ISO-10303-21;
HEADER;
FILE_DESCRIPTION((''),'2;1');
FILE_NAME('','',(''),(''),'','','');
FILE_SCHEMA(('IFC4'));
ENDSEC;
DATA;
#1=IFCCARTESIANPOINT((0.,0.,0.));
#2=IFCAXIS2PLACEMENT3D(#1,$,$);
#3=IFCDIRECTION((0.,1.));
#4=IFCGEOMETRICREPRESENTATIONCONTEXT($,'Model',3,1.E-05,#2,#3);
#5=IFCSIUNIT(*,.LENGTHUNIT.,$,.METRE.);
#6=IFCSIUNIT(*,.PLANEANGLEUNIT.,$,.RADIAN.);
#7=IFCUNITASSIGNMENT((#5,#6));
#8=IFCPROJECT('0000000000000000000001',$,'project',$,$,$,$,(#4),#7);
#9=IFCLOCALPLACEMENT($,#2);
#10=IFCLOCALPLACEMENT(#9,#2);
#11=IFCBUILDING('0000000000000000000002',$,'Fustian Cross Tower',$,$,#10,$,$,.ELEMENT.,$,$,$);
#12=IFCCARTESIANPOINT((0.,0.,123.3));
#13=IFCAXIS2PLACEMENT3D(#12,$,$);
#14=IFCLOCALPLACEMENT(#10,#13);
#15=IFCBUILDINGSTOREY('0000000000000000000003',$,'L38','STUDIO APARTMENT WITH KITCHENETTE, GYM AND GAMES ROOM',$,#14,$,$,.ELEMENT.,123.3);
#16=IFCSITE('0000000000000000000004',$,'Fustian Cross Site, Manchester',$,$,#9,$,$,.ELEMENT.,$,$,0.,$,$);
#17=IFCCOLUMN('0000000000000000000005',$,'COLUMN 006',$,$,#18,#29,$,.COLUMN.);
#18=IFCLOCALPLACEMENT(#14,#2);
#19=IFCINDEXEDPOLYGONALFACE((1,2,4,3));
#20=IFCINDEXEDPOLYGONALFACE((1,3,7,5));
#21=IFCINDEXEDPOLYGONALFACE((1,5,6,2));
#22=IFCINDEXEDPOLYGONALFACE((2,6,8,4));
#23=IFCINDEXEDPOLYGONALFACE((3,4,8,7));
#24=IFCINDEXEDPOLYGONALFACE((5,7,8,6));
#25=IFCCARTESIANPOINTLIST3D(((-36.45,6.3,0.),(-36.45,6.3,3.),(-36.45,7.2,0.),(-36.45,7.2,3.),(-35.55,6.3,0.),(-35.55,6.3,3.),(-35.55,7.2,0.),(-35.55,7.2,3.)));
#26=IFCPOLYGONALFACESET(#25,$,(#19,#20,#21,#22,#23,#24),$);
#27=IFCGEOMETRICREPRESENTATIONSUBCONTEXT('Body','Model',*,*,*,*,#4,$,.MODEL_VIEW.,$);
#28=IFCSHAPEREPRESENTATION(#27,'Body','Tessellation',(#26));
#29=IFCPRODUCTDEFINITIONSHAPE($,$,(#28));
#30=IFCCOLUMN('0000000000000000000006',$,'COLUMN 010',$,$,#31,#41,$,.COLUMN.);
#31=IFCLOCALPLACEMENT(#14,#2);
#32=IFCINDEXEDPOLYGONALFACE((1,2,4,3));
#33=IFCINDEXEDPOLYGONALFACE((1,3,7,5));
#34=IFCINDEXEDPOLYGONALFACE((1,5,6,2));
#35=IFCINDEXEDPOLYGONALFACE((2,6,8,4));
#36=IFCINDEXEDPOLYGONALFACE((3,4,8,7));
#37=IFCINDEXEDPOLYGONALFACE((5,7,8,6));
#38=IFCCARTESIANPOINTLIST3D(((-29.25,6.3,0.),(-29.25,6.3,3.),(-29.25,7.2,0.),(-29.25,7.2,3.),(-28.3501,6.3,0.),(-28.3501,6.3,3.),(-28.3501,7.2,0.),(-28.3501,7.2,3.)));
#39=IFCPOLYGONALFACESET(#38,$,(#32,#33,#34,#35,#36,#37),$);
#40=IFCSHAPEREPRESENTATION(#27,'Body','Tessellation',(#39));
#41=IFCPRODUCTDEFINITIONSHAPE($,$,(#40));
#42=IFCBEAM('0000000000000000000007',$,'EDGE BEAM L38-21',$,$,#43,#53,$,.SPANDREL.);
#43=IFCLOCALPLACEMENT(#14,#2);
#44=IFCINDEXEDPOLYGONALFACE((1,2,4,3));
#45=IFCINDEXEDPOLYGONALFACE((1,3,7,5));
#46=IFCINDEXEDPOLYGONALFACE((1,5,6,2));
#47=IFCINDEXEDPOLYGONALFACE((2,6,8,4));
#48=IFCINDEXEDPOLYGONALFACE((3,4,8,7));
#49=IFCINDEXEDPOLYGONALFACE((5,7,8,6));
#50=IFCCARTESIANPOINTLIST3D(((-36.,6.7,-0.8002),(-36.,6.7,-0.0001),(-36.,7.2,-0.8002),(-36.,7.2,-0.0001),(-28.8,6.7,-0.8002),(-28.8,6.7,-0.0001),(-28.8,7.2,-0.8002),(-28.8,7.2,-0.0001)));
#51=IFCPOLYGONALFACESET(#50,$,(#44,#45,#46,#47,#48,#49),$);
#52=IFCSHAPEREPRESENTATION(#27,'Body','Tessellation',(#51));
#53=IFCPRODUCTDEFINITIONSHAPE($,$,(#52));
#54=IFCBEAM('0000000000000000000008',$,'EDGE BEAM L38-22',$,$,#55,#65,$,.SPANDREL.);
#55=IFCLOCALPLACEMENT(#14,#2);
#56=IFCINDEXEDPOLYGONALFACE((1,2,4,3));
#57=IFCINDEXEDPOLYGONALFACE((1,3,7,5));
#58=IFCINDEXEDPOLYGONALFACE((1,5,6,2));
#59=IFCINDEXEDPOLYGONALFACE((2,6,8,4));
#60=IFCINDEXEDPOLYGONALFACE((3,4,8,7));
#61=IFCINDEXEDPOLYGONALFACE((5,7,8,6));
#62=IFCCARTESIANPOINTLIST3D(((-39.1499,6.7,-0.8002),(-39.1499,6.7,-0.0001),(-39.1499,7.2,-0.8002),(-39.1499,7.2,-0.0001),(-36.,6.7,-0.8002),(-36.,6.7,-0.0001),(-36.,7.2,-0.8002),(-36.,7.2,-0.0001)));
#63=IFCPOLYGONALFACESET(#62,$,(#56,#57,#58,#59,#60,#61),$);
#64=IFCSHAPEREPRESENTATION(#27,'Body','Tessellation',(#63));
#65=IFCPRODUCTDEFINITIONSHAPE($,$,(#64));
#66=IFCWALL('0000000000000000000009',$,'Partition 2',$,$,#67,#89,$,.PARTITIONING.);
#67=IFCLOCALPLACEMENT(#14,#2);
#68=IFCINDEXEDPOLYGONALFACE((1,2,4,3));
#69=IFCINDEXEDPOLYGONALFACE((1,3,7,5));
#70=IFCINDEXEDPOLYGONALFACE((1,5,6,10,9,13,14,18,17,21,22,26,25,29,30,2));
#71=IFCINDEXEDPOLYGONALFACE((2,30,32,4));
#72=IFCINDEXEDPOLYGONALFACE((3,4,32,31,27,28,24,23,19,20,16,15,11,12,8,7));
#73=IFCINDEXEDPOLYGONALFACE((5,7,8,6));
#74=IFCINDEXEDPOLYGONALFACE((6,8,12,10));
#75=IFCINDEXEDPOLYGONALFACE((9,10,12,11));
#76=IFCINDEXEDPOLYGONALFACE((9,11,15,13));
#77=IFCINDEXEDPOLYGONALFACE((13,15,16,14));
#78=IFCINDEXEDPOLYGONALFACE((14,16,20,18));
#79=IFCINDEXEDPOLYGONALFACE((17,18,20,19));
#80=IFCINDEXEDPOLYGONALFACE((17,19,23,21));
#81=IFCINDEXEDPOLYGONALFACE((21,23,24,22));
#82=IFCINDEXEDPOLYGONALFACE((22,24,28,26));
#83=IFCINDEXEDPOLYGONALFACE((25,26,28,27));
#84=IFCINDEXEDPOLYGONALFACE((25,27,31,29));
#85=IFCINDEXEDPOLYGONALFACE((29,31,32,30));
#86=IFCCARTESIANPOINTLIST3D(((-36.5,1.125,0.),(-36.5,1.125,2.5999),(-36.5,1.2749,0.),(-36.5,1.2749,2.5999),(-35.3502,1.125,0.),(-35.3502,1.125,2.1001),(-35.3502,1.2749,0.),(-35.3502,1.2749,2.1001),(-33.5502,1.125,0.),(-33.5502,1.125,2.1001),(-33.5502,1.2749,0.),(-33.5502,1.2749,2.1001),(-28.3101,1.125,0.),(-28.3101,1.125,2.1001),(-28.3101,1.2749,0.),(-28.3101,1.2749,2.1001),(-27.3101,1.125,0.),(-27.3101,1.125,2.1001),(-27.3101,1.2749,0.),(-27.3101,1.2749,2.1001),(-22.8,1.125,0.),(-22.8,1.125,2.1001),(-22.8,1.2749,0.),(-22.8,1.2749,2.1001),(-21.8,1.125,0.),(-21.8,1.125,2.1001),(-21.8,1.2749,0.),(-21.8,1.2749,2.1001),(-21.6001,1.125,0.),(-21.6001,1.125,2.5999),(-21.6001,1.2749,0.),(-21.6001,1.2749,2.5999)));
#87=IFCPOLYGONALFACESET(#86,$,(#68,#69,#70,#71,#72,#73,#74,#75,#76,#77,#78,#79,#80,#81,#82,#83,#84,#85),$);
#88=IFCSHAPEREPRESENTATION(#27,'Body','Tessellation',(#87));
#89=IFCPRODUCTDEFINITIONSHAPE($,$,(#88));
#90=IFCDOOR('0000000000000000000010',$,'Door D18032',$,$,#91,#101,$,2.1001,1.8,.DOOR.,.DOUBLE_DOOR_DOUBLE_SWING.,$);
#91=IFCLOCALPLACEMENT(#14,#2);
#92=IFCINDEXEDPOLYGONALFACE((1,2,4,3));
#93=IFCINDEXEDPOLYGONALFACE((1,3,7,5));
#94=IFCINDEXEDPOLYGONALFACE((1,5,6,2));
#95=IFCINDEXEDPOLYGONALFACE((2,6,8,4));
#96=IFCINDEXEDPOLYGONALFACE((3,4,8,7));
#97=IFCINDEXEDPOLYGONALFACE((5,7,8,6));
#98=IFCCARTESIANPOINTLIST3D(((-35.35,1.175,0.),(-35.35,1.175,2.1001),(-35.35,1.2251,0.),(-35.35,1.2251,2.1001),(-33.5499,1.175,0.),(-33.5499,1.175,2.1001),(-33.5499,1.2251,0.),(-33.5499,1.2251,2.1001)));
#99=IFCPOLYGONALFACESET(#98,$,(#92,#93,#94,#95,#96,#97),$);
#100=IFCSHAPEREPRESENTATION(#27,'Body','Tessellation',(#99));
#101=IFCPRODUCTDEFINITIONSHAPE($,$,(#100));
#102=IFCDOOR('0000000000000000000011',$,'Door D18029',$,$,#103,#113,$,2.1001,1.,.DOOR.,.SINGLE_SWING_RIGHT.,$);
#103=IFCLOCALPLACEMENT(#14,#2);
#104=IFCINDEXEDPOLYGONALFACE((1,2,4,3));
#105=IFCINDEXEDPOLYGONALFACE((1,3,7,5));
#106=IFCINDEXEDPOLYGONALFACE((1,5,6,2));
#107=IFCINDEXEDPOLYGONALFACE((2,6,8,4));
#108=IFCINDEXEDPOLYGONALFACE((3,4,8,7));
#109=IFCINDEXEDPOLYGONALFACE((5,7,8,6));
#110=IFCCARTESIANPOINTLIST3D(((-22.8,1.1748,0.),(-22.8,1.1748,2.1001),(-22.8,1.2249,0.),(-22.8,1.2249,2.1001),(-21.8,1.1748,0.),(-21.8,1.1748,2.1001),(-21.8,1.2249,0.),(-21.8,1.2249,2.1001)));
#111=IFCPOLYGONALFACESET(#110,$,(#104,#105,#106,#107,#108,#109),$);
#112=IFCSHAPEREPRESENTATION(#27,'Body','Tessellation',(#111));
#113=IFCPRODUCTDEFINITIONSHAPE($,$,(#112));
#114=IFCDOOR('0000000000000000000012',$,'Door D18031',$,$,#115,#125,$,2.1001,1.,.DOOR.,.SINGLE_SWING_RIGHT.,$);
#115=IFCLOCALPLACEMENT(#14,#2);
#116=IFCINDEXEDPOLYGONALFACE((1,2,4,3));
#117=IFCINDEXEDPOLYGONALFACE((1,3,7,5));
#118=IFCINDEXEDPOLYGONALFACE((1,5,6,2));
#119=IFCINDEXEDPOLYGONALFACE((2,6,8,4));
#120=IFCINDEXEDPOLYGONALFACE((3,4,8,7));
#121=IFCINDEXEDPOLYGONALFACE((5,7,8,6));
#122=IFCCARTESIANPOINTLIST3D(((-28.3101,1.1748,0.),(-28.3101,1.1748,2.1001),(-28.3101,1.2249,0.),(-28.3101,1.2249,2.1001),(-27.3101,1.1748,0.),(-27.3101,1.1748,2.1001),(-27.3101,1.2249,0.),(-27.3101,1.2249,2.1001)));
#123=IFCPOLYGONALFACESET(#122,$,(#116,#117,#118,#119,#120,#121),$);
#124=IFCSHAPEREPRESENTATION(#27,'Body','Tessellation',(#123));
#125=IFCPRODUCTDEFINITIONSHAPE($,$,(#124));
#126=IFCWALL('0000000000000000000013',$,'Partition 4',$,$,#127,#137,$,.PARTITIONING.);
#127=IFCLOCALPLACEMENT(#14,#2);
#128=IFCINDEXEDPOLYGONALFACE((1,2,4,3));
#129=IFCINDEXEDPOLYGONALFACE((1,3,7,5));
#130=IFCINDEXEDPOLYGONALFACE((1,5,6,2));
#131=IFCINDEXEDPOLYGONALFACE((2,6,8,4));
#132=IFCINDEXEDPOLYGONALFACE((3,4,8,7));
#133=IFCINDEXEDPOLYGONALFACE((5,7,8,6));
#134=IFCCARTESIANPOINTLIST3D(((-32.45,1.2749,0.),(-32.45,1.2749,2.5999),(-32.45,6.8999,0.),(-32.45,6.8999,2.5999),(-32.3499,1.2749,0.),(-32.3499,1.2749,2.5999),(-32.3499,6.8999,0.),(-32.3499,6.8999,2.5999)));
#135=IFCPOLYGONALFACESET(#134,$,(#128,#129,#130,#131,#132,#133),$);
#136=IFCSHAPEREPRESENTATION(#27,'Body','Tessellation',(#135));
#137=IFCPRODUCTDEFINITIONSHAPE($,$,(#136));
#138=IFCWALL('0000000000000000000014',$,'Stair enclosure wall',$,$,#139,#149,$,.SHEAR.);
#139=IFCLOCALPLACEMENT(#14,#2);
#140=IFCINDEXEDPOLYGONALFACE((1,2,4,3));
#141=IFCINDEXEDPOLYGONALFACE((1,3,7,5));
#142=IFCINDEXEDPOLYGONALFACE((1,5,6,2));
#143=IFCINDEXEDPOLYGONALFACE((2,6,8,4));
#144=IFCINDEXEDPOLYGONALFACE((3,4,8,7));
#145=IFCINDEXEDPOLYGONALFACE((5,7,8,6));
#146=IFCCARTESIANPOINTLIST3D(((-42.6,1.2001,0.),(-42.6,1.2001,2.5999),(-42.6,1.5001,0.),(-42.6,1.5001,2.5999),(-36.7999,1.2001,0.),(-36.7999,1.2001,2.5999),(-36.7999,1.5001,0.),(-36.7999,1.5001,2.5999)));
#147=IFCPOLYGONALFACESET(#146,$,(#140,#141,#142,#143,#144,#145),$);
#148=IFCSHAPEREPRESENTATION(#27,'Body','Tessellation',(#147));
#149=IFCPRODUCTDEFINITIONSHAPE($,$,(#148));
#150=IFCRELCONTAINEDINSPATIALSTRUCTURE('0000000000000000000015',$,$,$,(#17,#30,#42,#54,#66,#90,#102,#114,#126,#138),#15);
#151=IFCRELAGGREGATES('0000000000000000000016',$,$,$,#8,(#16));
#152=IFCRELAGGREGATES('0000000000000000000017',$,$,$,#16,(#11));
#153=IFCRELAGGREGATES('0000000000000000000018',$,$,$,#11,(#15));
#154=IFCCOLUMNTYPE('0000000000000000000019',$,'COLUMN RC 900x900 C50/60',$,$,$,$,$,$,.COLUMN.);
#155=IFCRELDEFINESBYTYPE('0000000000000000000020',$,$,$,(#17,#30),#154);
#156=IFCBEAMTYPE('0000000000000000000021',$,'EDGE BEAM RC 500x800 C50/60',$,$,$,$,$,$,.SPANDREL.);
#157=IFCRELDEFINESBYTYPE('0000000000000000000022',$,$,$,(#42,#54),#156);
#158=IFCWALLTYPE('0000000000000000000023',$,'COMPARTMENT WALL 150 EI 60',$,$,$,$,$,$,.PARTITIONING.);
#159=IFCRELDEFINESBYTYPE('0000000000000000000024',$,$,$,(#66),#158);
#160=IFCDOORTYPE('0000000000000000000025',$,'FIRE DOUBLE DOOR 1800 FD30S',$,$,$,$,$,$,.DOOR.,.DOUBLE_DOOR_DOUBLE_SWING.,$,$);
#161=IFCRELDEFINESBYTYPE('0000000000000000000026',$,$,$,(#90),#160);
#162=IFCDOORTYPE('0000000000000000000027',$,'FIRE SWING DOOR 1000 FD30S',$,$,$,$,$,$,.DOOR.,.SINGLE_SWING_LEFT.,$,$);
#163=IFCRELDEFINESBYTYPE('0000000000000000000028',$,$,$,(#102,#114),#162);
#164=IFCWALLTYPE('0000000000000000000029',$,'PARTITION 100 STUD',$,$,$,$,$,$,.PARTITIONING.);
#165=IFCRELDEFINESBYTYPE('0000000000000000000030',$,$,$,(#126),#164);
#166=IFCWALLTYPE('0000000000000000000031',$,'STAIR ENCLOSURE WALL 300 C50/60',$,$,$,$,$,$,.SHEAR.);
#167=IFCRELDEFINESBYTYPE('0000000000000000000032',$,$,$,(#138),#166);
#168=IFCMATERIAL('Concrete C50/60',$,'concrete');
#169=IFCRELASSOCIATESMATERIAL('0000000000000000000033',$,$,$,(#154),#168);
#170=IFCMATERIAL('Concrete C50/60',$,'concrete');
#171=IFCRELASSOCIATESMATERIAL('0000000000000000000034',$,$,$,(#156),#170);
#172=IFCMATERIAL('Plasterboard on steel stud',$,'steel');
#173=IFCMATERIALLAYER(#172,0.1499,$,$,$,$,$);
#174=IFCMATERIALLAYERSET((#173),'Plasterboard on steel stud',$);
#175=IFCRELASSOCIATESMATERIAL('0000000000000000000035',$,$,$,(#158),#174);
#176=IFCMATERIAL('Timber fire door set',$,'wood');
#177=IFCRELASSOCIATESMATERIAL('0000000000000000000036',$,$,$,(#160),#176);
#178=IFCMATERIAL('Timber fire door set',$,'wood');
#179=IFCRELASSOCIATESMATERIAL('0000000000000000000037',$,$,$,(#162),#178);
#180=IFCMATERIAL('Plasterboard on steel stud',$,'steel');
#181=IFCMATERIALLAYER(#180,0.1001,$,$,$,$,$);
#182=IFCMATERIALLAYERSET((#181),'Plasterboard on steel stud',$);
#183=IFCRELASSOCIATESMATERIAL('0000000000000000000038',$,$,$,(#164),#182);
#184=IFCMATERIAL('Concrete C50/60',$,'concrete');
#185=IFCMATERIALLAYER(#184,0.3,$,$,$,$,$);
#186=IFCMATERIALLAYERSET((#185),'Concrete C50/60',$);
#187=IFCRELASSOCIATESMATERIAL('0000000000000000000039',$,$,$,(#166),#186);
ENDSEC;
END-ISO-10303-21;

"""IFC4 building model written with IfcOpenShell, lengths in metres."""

from ifc_helpers import new_model, si_unit, direction, frame, frame_2d, origin, origin_2d, place, context, subcontext, project, spatial, rectangle, extrude, material, layer, layer_set, material_profile, profile_set, type_object, element, fill, save


model = new_model("IFC4")

# Units and contexts
model_context = context("Model", 3, precision=1e-05, world=origin(), true_north=direction((0.0, 1.0)))
body_context = subcontext(model_context, "Body", "Model", "MODEL_VIEW")
ifc_project = project(units=[si_unit("LENGTHUNIT", "METRE"), si_unit("PLANEANGLEUNIT", "RADIAN")], contexts=[model_context])

# Site, building, storey
site_placement = place(None, origin())
site = spatial("IfcSite", under=ifc_project, at=site_placement, Name="Fustian Cross Site, Manchester", CompositionType="ELEMENT", RefElevation=0.0)
building_placement = place(site_placement, origin())
building = spatial("IfcBuilding", under=site, at=building_placement, Name="Fustian Cross Tower", CompositionType="ELEMENT")
storey_placement = place(building_placement, frame((0.0, 0.0, 123.3)))
storey = spatial("IfcBuildingStorey", under=building, at=storey_placement, Name="L38", Description="STUDIO APARTMENT WITH KITCHENETTE, GYM AND GAMES ROOM", CompositionType="ELEMENT", Elevation=123.3)

# Columns
ifc_material_1 = material(Name="Concrete C50/60", Category="concrete")
ifc_material_profile_1 = material_profile(ifc_material_1, rectangle(XDim=0.8999, YDim=0.8999, at=origin_2d()), Name="RC 900x900")
ifc_profile_set_1 = profile_set([ifc_material_profile_1], Name="Concrete C50/60")
column_type = type_object("IfcColumnType", Name="COLUMN RC 900x900 C50/60", PredefinedType="COLUMN", material=ifc_profile_set_1)
for number, where, z_axis, x_axis, name in (
    (1, (-36.0, 6.75, 0.0), (0.0, 0.0, 1.0), (1.0, 0.0, 0.0), "COLUMN 006"),
    (2, (-28.8, 6.75, 0.0), (0.0, 0.0, 1.0), (1.0, 0.0, 0.0), "COLUMN 010"),
):
    element("IfcColumn", number, at=place(storey_placement, frame(where, z_axis=z_axis, x_axis=x_axis)), inside=storey, type_object=column_type, Name=name, PredefinedType="COLUMN", context=body_context, shape_type="SweptSolid", body=[
        extrude(rectangle(XDim=0.8999, YDim=0.8999, at=origin_2d()), origin(), (0.0, 0.0, 1.0), 3.0),
    ])

# Beams
ifc_material_2 = material(Name="Concrete C50/60", Category="concrete")
ifc_material_profile_2 = material_profile(ifc_material_2, rectangle(XDim=0.5, YDim=0.8, at=origin_2d()), Name="RC 500x800")
ifc_profile_set_2 = profile_set([ifc_material_profile_2], Name="Concrete C50/60")
beam_type = type_object("IfcBeamType", Name="EDGE BEAM RC 500x800 C50/60", PredefinedType="SPANDREL", material=ifc_profile_set_2)
beam_1_placement = place(storey_placement, frame((-28.8, 6.95, -0.4001), z_axis=(-1.0, 0.0, 0.0), x_axis=(0.0, -1.0, 0.0)))
element("IfcBeam", 3, at=beam_1_placement, inside=storey, type_object=beam_type, Name="EDGE BEAM L38-21", PredefinedType="SPANDREL", context=body_context, shape_type="SweptSolid", body=[
    extrude(rectangle(XDim=0.5, YDim=0.8, at=origin_2d()), origin(), (0.0, 0.0, 1.0), 7.2),
])
beam_2_placement = place(storey_placement, frame((-36.0, 6.95, -0.4001), z_axis=(-1.0, 0.0, 0.0), x_axis=(0.0, -1.0, 0.0)))
element("IfcBeam", 4, at=beam_2_placement, inside=storey, type_object=beam_type, Name="EDGE BEAM L38-22", PredefinedType="SPANDREL", context=body_context, shape_type="SweptSolid", body=[
    extrude(rectangle(XDim=0.5, YDim=0.8, at=origin_2d()), origin(), (0.0, 0.0, 1.0), 3.1499),
])

# Wall, openings, doors
ifc_material_3 = material(Name="Plasterboard on steel stud", Category="steel")
ifc_layer_1 = layer(ifc_material_3, 0.1499)
ifc_layer_set_1 = layer_set([ifc_layer_1], Name="Plasterboard on steel stud")
wall_type_1 = type_object("IfcWallType", Name="COMPARTMENT WALL 150 EI 60", PredefinedType="PARTITIONING", material=ifc_layer_set_1)
wall_1_placement = place(storey_placement, frame((-36.5, 1.2, 0.0), z_axis=(0.0, 0.0, 1.0), x_axis=(1.0, 0.0, 0.0)))
wall_1 = element("IfcWall", 5, at=wall_1_placement, inside=storey, type_object=wall_type_1, Name="Partition 2", PredefinedType="PARTITIONING", context=body_context, shape_type="SweptSolid", body=[
    extrude(rectangle(XDim=14.8999, YDim=0.1499, at=frame_2d((7.45, 0.0))), origin(), (0.0, 0.0, 1.0), 2.5999),
])
opening_1_placement = place(wall_1_placement, frame((13.7, 0.0, 0.0)))
opening_1 = element("IfcOpeningElement", 6, at=opening_1_placement, cuts=wall_1, PredefinedType="OPENING", context=body_context, shape_type="SweptSolid", body=[
    extrude(rectangle(XDim=1.0, YDim=2.1001, at=frame_2d((0.5, 1.05))), frame((0.0, 0.085, 0.0), z_axis=(0.0, -1.0, 0.0), x_axis=(1.0, 0.0, 0.0)), (0.0, 0.0, 1.0), 0.1699),
])
opening_2_placement = place(wall_1_placement, frame((8.1899, 0.0, 0.0)))
opening_2 = element("IfcOpeningElement", 7, at=opening_2_placement, cuts=wall_1, PredefinedType="OPENING", context=body_context, shape_type="SweptSolid", body=[
    extrude(rectangle(XDim=1.0, YDim=2.1001, at=frame_2d((0.5, 1.05))), frame((0.0, 0.085, 0.0), z_axis=(0.0, -1.0, 0.0), x_axis=(1.0, 0.0, 0.0)), (0.0, 0.0, 1.0), 0.1699),
])
opening_3_placement = place(wall_1_placement, frame((1.1499, 0.0, 0.0)))
opening_3 = element("IfcOpeningElement", 8, at=opening_3_placement, cuts=wall_1, PredefinedType="OPENING", context=body_context, shape_type="SweptSolid", body=[
    extrude(rectangle(XDim=1.8, YDim=2.1001, at=frame_2d((0.8999, 1.05))), frame((0.0, 0.085, 0.0), z_axis=(0.0, -1.0, 0.0), x_axis=(1.0, 0.0, 0.0)), (0.0, 0.0, 1.0), 0.1699),
])
ifc_material_4 = material(Name="Timber fire door set", Category="wood")
door_type_1 = type_object("IfcDoorType", Name="FIRE DOUBLE DOOR 1800 FD30S", OperationType="DOUBLE_DOOR_DOUBLE_SWING", PredefinedType="DOOR", material=ifc_material_4)
door_1_placement = place(opening_3_placement, frame((1.8, 0.0, 0.0), z_axis=(0.0, 0.0, 1.0), x_axis=(-1.0, 0.0, 0.0)))
door_1 = element("IfcDoor", 9, at=door_1_placement, inside=storey, type_object=door_type_1, Name="Door D18032", OperationType="DOUBLE_DOOR_DOUBLE_SWING", OverallHeight=2.1001, OverallWidth=1.8, PredefinedType="DOOR", context=body_context, shape_type="SweptSolid", body=[
    extrude(rectangle(XDim=1.8, YDim=2.1001, at=frame_2d((0.8999, 1.05))), frame((0.0, 0.0249, 0.0), z_axis=(0.0, -1.0, 0.0), x_axis=(1.0, 0.0, 0.0)), (0.0, 0.0, 1.0), 0.05),
])
fill(opening_3, door_1)
ifc_material_5 = material(Name="Timber fire door set", Category="wood")
door_type_2 = type_object("IfcDoorType", Name="FIRE SWING DOOR 1000 FD30S", OperationType="SINGLE_SWING_LEFT", PredefinedType="DOOR", material=ifc_material_5)
door_2_placement = place(opening_1_placement, origin())
door_2 = element("IfcDoor", 10, at=door_2_placement, inside=storey, type_object=door_type_2, Name="Door D18029", OperationType="SINGLE_SWING_RIGHT", OverallHeight=2.1001, OverallWidth=1.0, PredefinedType="DOOR", context=body_context, shape_type="SweptSolid", body=[
    extrude(rectangle(XDim=1.0, YDim=2.1001, at=frame_2d((0.5, 1.05))), frame((0.0, 0.0249, 0.0), z_axis=(0.0, -1.0, 0.0), x_axis=(1.0, 0.0, 0.0)), (0.0, 0.0, 1.0), 0.05),
])
fill(opening_1, door_2)
door_3_placement = place(opening_2_placement, origin())
door_3 = element("IfcDoor", 11, at=door_3_placement, inside=storey, type_object=door_type_2, Name="Door D18031", OperationType="SINGLE_SWING_RIGHT", OverallHeight=2.1001, OverallWidth=1.0, PredefinedType="DOOR", context=body_context, shape_type="SweptSolid", body=[
    extrude(rectangle(XDim=1.0, YDim=2.1001, at=frame_2d((0.5, 1.05))), frame((0.0, 0.0249, 0.0), z_axis=(0.0, -1.0, 0.0), x_axis=(1.0, 0.0, 0.0)), (0.0, 0.0, 1.0), 0.05),
])
fill(opening_2, door_3)

# Walls
ifc_material_6 = material(Name="Plasterboard on steel stud", Category="steel")
ifc_layer_2 = layer(ifc_material_6, 0.1001)
ifc_layer_set_2 = layer_set([ifc_layer_2], Name="Plasterboard on steel stud")
wall_type_2 = type_object("IfcWallType", Name="PARTITION 100 STUD", PredefinedType="PARTITIONING", material=ifc_layer_set_2)
wall_2_placement = place(storey_placement, frame((-32.3999, 1.2749, 0.0), z_axis=(0.0, 0.0, 1.0), x_axis=(0.0, 1.0, 0.0)))
element("IfcWall", 12, at=wall_2_placement, inside=storey, type_object=wall_type_2, Name="Partition 4", PredefinedType="PARTITIONING", context=body_context, shape_type="SweptSolid", body=[
    extrude(rectangle(XDim=5.625, YDim=0.1001, at=frame_2d((2.8125, 0.0))), origin(), (0.0, 0.0, 1.0), 2.5999),
])
ifc_material_7 = material(Name="Concrete C50/60", Category="concrete")
ifc_layer_3 = layer(ifc_material_7, 0.3)
ifc_layer_set_3 = layer_set([ifc_layer_3], Name="Concrete C50/60")
wall_type_3 = type_object("IfcWallType", Name="STAIR ENCLOSURE WALL 300 C50/60", PredefinedType="SHEAR", material=ifc_layer_set_3)
wall_3_placement = place(storey_placement, frame((-36.8, 1.3501, 0.0), z_axis=(0.0, 0.0, 1.0), x_axis=(-1.0, 0.0, 0.0)))
element("IfcWall", 13, at=wall_3_placement, inside=storey, type_object=wall_type_3, Name="Stair enclosure wall", PredefinedType="SHEAR", context=body_context, shape_type="SweptSolid", body=[
    extrude(rectangle(XDim=5.8, YDim=0.3, at=frame_2d((2.8999, 0.0))), origin(), (0.0, 0.0, 1.0), 2.5999),
])

save(model, "model.ifc")
